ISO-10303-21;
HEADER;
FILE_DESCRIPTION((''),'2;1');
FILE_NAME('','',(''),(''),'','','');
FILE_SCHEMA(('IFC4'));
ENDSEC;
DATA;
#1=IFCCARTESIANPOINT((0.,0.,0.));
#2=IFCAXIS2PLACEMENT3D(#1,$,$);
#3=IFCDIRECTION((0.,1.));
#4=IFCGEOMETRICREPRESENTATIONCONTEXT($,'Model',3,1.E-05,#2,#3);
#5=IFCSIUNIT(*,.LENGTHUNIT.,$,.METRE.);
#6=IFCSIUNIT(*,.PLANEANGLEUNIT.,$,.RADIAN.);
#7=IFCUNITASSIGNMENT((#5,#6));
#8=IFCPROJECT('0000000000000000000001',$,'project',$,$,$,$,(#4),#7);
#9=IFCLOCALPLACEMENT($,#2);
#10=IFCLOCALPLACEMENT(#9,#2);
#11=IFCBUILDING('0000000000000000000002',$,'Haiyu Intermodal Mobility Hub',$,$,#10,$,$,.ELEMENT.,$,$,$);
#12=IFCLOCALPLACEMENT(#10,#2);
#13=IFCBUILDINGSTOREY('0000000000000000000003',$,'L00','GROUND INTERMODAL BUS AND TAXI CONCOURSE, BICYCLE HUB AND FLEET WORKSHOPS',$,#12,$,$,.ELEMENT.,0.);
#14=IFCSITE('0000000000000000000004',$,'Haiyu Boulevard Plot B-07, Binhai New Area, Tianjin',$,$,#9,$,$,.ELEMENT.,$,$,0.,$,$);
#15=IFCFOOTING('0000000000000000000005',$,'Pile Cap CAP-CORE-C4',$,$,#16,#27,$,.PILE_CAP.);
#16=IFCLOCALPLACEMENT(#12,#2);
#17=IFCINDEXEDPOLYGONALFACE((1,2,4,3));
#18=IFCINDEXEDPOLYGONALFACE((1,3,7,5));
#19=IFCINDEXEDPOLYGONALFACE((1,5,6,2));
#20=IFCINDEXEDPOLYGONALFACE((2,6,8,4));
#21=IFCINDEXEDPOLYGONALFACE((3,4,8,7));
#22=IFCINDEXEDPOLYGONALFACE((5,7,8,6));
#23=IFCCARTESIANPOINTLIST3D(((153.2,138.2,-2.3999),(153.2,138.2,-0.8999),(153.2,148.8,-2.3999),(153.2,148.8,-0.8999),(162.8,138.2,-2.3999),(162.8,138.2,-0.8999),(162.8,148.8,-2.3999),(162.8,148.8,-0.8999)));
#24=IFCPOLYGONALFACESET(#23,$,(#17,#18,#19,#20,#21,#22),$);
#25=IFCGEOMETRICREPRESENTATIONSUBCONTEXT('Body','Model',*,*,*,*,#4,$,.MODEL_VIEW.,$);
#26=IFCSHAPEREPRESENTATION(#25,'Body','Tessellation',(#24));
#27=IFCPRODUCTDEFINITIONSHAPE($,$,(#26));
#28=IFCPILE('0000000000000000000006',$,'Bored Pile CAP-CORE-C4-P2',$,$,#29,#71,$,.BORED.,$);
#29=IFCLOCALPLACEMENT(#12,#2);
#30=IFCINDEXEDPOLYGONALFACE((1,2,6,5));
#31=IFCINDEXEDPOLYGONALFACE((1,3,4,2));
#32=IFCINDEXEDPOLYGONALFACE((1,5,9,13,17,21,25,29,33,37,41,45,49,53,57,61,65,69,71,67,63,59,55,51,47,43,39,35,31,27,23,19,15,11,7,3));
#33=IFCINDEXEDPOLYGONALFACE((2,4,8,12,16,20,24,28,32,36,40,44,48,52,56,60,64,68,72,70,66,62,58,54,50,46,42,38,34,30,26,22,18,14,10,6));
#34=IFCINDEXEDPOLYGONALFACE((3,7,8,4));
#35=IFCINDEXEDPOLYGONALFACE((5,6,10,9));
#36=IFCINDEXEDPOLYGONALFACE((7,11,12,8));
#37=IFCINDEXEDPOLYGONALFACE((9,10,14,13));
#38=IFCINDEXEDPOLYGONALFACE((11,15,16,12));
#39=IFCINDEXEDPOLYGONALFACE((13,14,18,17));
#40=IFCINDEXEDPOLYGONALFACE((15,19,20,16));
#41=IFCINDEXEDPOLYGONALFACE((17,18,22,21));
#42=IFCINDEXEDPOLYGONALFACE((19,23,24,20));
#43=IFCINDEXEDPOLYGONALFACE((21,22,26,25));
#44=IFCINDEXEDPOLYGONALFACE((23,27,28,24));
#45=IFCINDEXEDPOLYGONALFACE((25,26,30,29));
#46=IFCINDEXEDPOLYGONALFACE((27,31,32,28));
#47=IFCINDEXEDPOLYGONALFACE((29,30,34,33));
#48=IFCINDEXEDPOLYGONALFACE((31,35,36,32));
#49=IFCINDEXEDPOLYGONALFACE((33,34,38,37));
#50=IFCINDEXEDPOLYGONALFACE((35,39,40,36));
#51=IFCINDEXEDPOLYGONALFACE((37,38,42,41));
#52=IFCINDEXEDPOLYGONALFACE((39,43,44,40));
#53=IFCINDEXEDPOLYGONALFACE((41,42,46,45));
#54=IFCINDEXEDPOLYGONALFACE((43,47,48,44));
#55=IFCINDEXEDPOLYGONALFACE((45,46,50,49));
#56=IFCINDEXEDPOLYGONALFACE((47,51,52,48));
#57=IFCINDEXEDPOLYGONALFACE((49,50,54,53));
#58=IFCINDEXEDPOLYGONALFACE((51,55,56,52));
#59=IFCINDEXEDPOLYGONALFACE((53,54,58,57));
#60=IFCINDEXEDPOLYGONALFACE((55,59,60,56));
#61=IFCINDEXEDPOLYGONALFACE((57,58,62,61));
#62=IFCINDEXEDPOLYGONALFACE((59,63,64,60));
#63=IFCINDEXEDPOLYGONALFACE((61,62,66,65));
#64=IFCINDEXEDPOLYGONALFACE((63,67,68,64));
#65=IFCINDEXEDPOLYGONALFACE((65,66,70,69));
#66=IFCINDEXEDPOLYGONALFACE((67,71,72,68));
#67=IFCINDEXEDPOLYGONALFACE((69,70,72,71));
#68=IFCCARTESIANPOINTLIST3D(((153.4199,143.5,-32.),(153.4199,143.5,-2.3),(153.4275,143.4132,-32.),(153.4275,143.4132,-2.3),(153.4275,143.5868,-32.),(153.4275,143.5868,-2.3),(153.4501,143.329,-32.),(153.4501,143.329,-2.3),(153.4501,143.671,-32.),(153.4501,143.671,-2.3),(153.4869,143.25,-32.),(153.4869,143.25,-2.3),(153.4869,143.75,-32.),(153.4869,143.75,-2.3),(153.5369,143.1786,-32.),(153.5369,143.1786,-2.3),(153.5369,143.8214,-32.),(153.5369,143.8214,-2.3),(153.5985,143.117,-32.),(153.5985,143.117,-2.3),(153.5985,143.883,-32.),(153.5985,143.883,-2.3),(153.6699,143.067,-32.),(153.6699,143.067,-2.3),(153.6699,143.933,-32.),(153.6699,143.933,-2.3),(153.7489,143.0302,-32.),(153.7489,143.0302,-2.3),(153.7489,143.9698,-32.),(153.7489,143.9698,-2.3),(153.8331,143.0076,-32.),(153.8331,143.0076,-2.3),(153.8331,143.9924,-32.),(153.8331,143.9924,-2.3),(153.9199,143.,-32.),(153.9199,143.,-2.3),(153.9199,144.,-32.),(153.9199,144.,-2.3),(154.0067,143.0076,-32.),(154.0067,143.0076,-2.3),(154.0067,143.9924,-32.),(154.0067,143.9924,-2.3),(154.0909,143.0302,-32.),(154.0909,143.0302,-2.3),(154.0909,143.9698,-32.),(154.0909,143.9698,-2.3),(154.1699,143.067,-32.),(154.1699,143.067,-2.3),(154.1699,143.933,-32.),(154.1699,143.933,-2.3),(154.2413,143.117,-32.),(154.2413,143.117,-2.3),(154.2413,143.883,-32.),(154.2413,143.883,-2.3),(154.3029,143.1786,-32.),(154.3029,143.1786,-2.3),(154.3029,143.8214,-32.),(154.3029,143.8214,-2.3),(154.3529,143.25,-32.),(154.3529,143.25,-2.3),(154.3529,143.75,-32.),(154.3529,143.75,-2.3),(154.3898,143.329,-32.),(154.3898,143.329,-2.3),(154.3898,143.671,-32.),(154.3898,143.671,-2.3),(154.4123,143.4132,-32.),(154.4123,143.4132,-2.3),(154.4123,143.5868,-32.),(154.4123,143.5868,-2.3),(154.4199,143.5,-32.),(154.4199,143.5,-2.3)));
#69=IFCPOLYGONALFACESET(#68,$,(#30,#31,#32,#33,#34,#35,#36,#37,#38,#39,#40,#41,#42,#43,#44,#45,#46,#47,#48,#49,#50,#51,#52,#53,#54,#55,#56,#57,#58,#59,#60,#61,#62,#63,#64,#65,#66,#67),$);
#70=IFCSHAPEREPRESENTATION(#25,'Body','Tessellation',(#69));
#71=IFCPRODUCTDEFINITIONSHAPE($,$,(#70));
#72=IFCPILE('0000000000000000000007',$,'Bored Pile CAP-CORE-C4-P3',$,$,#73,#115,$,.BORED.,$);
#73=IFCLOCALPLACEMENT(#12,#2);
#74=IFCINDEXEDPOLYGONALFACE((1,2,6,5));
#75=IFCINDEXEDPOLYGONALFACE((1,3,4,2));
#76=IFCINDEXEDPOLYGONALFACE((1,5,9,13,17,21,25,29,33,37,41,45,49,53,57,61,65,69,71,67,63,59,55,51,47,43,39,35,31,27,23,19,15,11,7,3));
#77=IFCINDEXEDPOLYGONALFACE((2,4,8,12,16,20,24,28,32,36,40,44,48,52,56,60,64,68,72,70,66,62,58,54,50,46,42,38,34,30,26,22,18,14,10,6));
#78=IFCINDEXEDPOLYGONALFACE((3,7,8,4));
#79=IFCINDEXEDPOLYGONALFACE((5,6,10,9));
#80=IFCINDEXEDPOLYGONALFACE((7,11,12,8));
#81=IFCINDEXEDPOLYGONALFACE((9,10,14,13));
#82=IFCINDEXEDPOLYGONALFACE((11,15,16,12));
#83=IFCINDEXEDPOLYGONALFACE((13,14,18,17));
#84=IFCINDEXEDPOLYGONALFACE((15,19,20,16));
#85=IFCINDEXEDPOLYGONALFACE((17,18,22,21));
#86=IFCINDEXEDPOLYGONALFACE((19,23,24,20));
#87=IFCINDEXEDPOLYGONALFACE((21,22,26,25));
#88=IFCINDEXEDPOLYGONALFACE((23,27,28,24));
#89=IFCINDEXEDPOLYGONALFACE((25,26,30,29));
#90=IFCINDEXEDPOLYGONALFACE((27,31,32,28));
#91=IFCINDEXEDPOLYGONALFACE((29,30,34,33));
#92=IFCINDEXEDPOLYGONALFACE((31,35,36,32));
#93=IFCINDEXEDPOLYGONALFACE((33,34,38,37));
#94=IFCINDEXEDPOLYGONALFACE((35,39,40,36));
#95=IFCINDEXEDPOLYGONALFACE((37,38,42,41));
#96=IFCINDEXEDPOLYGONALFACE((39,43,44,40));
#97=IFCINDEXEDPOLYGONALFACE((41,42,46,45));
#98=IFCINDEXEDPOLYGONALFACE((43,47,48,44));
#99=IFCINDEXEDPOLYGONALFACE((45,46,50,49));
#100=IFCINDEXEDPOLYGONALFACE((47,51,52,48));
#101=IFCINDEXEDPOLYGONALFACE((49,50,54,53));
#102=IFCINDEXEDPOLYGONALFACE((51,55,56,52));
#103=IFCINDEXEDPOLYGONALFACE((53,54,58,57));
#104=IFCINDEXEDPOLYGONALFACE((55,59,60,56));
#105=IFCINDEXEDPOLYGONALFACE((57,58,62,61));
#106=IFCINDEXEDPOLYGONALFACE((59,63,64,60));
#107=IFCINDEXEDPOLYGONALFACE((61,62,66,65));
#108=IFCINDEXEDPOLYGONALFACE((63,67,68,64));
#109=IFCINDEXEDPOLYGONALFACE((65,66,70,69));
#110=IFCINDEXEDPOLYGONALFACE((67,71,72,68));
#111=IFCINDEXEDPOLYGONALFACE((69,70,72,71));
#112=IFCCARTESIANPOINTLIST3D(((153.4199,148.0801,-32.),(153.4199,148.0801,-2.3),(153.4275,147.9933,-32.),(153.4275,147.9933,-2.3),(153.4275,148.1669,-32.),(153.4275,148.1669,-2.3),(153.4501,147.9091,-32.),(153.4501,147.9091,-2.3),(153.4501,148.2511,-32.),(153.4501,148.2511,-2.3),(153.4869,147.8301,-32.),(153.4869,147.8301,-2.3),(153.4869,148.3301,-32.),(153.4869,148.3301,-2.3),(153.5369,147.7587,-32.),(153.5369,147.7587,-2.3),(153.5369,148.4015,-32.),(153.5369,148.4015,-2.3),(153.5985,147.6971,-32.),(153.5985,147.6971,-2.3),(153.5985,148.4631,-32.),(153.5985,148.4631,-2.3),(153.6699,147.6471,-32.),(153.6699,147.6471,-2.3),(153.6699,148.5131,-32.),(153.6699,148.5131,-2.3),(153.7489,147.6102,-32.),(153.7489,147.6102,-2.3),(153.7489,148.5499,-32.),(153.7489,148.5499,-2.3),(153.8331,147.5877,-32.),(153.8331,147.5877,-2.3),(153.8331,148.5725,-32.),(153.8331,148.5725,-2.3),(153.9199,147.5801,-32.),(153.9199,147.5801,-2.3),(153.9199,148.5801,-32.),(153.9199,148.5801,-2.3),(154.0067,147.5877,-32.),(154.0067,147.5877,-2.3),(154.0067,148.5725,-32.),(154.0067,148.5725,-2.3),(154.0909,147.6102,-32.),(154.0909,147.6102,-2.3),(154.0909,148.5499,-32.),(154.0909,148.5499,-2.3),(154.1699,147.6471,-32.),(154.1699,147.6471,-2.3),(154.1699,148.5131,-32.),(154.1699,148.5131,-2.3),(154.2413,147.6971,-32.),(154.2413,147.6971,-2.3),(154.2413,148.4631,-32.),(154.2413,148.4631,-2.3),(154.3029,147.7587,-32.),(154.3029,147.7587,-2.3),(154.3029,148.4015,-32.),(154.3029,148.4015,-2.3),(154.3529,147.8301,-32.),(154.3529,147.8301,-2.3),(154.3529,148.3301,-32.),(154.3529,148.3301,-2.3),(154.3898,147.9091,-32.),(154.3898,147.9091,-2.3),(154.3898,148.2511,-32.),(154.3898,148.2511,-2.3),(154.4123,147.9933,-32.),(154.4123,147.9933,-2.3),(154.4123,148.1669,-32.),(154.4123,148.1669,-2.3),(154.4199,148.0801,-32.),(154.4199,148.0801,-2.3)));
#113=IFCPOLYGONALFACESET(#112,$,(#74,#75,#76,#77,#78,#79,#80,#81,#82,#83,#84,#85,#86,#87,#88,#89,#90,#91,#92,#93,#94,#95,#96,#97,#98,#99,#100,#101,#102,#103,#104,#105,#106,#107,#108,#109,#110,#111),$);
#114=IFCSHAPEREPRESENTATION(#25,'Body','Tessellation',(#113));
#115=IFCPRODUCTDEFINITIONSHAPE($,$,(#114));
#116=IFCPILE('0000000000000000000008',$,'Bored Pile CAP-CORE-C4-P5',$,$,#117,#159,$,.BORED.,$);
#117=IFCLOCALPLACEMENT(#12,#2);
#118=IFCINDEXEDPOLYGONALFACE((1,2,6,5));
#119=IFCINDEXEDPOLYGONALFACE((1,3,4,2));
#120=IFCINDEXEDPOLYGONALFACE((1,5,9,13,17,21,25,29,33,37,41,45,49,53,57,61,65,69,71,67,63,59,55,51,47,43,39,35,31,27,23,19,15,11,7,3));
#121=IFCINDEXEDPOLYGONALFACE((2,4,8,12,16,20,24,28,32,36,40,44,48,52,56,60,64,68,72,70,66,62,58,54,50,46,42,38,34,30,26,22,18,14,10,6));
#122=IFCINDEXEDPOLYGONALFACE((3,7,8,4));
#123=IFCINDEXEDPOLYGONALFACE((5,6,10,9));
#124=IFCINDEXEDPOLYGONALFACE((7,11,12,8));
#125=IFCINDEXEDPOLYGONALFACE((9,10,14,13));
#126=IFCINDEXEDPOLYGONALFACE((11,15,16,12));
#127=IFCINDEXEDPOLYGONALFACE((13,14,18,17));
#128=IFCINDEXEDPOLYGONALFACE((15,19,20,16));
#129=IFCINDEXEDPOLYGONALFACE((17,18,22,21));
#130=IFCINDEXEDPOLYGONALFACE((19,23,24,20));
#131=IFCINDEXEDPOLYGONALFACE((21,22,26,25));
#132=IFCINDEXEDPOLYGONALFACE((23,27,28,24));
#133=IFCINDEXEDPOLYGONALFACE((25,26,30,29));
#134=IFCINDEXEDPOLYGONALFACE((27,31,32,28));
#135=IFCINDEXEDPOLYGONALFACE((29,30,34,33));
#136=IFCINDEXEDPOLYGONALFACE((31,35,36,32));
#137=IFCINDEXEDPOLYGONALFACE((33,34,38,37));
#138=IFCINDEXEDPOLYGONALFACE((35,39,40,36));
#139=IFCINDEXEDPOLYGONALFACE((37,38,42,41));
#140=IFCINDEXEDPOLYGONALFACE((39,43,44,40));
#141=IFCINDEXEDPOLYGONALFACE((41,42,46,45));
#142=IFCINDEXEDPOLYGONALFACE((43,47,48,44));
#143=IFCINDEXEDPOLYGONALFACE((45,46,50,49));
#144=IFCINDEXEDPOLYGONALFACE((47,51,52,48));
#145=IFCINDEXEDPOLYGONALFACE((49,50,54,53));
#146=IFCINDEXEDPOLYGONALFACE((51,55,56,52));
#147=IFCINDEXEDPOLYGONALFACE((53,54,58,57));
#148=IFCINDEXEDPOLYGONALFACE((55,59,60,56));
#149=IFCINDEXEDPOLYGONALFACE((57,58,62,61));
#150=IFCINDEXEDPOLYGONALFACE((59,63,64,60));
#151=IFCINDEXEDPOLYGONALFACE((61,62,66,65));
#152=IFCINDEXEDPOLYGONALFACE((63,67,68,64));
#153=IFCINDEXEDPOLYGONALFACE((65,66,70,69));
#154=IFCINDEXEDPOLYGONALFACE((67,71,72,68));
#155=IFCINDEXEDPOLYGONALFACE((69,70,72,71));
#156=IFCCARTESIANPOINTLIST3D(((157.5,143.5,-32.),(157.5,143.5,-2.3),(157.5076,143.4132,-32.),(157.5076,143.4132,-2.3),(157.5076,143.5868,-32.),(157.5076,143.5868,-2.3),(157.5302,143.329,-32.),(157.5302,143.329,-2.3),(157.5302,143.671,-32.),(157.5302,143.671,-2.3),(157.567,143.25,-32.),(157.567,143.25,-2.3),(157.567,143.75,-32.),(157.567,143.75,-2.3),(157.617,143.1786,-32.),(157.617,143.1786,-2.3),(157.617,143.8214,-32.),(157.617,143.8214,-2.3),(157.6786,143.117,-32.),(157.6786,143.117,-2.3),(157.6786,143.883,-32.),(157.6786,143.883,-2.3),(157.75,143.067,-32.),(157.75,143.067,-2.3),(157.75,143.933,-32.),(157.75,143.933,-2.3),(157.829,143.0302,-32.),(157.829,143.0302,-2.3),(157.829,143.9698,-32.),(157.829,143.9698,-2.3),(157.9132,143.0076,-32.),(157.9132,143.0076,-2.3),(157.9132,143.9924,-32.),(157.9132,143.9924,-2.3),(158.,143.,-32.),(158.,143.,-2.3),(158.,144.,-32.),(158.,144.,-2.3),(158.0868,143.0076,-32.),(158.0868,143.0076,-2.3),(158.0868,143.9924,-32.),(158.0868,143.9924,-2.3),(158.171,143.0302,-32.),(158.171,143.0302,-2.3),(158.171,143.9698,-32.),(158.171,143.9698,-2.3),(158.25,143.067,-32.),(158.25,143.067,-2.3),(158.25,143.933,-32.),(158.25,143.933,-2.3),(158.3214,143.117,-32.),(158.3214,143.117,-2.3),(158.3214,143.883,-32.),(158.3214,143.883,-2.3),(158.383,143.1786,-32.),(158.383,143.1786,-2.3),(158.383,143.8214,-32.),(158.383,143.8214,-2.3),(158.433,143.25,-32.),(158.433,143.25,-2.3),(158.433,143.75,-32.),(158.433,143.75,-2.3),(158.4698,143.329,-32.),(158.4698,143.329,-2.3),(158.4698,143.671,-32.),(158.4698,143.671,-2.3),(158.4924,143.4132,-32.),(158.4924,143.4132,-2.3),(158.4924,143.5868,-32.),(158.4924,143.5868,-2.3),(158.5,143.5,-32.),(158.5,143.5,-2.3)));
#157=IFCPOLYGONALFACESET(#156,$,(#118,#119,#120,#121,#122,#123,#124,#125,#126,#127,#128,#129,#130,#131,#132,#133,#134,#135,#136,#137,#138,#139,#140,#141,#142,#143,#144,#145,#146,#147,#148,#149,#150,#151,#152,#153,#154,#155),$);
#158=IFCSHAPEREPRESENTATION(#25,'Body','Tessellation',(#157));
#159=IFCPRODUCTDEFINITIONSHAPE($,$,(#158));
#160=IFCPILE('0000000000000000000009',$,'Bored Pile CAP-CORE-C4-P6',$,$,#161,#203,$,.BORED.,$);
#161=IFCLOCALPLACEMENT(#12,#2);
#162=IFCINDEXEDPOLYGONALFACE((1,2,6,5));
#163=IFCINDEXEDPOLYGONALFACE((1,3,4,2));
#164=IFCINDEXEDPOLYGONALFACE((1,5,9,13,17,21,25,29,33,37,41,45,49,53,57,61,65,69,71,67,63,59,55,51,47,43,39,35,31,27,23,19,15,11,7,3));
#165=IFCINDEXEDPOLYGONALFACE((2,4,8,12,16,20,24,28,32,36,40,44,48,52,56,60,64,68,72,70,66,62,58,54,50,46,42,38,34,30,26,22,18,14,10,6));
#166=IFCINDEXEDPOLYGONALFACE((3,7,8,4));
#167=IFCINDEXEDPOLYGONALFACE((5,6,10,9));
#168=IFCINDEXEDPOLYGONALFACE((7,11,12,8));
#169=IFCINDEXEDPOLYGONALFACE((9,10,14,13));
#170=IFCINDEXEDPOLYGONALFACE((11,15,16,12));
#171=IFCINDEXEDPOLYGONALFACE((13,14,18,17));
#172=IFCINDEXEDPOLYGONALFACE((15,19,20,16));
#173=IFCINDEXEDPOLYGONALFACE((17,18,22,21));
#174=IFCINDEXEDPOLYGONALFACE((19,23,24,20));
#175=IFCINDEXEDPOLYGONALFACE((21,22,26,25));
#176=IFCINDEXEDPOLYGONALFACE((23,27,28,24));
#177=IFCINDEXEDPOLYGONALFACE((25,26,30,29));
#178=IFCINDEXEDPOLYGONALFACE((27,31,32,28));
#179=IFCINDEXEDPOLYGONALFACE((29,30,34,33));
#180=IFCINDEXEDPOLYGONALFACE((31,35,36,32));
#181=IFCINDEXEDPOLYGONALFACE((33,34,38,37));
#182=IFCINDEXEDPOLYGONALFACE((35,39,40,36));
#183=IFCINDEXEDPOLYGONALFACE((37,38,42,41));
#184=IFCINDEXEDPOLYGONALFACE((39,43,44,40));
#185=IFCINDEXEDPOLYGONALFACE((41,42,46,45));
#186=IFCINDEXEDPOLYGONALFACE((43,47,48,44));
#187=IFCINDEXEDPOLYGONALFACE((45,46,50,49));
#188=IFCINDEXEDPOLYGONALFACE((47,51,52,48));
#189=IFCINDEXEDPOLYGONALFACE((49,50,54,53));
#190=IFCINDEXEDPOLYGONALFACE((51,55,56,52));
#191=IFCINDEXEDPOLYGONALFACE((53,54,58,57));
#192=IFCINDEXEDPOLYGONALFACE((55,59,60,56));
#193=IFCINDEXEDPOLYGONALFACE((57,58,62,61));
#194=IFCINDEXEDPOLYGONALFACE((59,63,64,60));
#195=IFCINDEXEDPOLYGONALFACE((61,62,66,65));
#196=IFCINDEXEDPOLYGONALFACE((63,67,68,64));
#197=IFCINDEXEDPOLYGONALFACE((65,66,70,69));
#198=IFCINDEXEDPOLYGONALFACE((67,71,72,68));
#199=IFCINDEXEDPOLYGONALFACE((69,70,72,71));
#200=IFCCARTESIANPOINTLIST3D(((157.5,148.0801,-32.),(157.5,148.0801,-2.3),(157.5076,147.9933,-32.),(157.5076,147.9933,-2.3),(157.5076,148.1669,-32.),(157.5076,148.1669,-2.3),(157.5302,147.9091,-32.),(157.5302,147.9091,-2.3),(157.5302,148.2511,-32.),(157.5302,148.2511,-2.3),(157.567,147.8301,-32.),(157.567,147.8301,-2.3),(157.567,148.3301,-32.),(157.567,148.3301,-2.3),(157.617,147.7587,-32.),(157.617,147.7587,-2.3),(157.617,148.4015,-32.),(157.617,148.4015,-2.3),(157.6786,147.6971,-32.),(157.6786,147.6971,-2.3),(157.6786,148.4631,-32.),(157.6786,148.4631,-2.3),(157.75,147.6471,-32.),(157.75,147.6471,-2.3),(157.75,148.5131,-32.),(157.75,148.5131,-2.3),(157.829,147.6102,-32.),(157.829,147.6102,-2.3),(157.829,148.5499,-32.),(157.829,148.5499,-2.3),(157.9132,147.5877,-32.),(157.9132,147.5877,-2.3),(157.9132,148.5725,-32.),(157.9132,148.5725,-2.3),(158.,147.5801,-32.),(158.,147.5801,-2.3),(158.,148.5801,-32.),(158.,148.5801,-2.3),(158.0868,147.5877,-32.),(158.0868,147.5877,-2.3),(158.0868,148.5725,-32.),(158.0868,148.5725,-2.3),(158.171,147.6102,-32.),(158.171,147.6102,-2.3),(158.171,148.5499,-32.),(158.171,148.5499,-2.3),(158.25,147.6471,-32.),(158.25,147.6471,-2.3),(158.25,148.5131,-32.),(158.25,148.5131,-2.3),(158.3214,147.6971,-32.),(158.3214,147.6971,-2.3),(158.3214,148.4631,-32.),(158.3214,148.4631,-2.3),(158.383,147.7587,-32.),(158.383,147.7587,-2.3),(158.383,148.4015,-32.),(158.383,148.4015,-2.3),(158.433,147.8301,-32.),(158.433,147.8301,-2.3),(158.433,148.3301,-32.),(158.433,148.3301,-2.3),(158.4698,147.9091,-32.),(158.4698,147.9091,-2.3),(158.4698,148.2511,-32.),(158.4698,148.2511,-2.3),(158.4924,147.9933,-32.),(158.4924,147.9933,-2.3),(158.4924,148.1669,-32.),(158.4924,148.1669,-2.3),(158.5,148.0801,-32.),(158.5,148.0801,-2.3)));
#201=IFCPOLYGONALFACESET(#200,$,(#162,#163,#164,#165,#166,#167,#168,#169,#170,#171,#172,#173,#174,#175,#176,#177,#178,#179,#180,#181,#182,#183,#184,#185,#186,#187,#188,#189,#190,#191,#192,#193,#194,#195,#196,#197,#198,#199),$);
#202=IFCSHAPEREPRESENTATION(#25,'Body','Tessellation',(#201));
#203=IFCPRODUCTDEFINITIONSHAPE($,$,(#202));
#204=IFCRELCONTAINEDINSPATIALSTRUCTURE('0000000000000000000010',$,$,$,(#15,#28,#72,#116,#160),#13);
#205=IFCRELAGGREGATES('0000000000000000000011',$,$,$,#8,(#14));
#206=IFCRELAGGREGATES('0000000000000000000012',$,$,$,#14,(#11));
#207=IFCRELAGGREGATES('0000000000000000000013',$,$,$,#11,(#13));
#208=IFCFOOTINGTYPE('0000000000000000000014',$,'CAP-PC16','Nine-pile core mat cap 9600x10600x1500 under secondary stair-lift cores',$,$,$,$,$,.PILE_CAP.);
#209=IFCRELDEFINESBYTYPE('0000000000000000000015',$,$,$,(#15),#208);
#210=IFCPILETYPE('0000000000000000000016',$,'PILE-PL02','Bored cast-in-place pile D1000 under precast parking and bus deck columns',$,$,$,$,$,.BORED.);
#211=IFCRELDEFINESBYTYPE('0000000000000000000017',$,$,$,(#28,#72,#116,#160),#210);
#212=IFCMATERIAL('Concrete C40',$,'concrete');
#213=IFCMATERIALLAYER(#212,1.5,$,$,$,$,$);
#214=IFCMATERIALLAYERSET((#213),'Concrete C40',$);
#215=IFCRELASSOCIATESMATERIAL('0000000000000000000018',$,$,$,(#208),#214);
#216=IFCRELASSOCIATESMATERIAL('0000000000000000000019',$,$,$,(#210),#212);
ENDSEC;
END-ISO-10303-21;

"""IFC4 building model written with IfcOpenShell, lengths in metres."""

from ifc_helpers import new_model, si_unit, direction, frame, origin, origin_2d, place, context, subcontext, project, spatial, rectangle, circle, extrude, material, layer, layer_set, material_profile, profile_set, type_object, element, save


model = new_model("IFC4")

# Units and contexts
model_context = context("Model", 3, precision=1e-05, world=origin(), true_north=direction((0.0, 1.0)))
body_context = subcontext(model_context, "Body", "Model", "MODEL_VIEW")
ifc_project = project(units=[si_unit("LENGTHUNIT", "METRE"), si_unit("PLANEANGLEUNIT", "RADIAN")], contexts=[model_context])

# Site, building, storey
site_placement = place(None, origin())
site = spatial("IfcSite", under=ifc_project, at=site_placement, Name="Haiyu Boulevard Plot B-07, Binhai New Area, Tianjin", CompositionType="ELEMENT", RefElevation=0.0)
building_placement = place(site_placement, origin())
building = spatial("IfcBuilding", under=site, at=building_placement, Name="Haiyu Intermodal Mobility Hub", CompositionType="ELEMENT")
storey_placement = place(building_placement, origin())
storey = spatial("IfcBuildingStorey", under=building, at=storey_placement, Name="L00", Description="GROUND INTERMODAL BUS AND TAXI CONCOURSE, BICYCLE HUB AND FLEET WORKSHOPS", CompositionType="ELEMENT", Elevation=0.0)

# Footing
ifc_material_1 = material(Name="Concrete C40", Category="concrete")
ifc_layer_1 = layer(ifc_material_1, 1.5)
ifc_layer_set_1 = layer_set([ifc_layer_1], Name="Concrete C40")
footing_type = type_object("IfcFootingType", Name="CAP-PC16", Description="Nine-pile core mat cap 9600x10600x1500 under secondary stair-lift cores", PredefinedType="PILE_CAP", material=ifc_layer_set_1)
footing_placement = place(storey_placement, frame((158.0, 143.5, -2.3999), z_axis=(0.0, 0.0, 1.0), x_axis=(1.0, 0.0, 0.0)))
element("IfcFooting", 1, at=footing_placement, inside=storey, type_object=footing_type, Name="Pile Cap CAP-CORE-C4", PredefinedType="PILE_CAP", context=body_context, shape_type="SweptSolid", body=[
    extrude(rectangle(XDim=9.6001, YDim=10.6001, at=origin_2d()), origin(), (0.0, 0.0, 1.0), 1.5),
])

# Piles
ifc_material_profile_1 = material_profile(ifc_material_1, circle(Radius=0.5, at=origin_2d()), Name="PILE-D1000")
ifc_profile_set_1 = profile_set([ifc_material_profile_1], Name="Concrete C40")
pile_type = type_object("IfcPileType", Name="PILE-PL02", Description="Bored cast-in-place pile D1000 under precast parking and bus deck columns", PredefinedType="BORED", material=ifc_profile_set_1)
for number, where, z_axis, x_axis, name in (
    (2, (153.9199, 143.5, -2.3), (0.0, 0.0, -1.0), (1.0, 0.0, 0.0), "Bored Pile CAP-CORE-C4-P2"),
    (3, (153.9199, 148.0801, -2.3), (0.0, 0.0, -1.0), (1.0, 0.0, 0.0), "Bored Pile CAP-CORE-C4-P3"),
    (4, (158.0, 143.5, -2.3), (0.0, 0.0, -1.0), (1.0, 0.0, 0.0), "Bored Pile CAP-CORE-C4-P5"),
    (5, (158.0, 148.0801, -2.3), (0.0, 0.0, -1.0), (1.0, 0.0, 0.0), "Bored Pile CAP-CORE-C4-P6"),
):
    element("IfcPile", number, at=place(storey_placement, frame(where, z_axis=z_axis, x_axis=x_axis)), inside=storey, type_object=pile_type, Name=name, PredefinedType="BORED", context=body_context, shape_type="SweptSolid", body=[
        extrude(circle(Radius=0.5, at=origin_2d()), origin(), (0.0, 0.0, 1.0), 29.7),
    ])

save(model, "model.ifc")
